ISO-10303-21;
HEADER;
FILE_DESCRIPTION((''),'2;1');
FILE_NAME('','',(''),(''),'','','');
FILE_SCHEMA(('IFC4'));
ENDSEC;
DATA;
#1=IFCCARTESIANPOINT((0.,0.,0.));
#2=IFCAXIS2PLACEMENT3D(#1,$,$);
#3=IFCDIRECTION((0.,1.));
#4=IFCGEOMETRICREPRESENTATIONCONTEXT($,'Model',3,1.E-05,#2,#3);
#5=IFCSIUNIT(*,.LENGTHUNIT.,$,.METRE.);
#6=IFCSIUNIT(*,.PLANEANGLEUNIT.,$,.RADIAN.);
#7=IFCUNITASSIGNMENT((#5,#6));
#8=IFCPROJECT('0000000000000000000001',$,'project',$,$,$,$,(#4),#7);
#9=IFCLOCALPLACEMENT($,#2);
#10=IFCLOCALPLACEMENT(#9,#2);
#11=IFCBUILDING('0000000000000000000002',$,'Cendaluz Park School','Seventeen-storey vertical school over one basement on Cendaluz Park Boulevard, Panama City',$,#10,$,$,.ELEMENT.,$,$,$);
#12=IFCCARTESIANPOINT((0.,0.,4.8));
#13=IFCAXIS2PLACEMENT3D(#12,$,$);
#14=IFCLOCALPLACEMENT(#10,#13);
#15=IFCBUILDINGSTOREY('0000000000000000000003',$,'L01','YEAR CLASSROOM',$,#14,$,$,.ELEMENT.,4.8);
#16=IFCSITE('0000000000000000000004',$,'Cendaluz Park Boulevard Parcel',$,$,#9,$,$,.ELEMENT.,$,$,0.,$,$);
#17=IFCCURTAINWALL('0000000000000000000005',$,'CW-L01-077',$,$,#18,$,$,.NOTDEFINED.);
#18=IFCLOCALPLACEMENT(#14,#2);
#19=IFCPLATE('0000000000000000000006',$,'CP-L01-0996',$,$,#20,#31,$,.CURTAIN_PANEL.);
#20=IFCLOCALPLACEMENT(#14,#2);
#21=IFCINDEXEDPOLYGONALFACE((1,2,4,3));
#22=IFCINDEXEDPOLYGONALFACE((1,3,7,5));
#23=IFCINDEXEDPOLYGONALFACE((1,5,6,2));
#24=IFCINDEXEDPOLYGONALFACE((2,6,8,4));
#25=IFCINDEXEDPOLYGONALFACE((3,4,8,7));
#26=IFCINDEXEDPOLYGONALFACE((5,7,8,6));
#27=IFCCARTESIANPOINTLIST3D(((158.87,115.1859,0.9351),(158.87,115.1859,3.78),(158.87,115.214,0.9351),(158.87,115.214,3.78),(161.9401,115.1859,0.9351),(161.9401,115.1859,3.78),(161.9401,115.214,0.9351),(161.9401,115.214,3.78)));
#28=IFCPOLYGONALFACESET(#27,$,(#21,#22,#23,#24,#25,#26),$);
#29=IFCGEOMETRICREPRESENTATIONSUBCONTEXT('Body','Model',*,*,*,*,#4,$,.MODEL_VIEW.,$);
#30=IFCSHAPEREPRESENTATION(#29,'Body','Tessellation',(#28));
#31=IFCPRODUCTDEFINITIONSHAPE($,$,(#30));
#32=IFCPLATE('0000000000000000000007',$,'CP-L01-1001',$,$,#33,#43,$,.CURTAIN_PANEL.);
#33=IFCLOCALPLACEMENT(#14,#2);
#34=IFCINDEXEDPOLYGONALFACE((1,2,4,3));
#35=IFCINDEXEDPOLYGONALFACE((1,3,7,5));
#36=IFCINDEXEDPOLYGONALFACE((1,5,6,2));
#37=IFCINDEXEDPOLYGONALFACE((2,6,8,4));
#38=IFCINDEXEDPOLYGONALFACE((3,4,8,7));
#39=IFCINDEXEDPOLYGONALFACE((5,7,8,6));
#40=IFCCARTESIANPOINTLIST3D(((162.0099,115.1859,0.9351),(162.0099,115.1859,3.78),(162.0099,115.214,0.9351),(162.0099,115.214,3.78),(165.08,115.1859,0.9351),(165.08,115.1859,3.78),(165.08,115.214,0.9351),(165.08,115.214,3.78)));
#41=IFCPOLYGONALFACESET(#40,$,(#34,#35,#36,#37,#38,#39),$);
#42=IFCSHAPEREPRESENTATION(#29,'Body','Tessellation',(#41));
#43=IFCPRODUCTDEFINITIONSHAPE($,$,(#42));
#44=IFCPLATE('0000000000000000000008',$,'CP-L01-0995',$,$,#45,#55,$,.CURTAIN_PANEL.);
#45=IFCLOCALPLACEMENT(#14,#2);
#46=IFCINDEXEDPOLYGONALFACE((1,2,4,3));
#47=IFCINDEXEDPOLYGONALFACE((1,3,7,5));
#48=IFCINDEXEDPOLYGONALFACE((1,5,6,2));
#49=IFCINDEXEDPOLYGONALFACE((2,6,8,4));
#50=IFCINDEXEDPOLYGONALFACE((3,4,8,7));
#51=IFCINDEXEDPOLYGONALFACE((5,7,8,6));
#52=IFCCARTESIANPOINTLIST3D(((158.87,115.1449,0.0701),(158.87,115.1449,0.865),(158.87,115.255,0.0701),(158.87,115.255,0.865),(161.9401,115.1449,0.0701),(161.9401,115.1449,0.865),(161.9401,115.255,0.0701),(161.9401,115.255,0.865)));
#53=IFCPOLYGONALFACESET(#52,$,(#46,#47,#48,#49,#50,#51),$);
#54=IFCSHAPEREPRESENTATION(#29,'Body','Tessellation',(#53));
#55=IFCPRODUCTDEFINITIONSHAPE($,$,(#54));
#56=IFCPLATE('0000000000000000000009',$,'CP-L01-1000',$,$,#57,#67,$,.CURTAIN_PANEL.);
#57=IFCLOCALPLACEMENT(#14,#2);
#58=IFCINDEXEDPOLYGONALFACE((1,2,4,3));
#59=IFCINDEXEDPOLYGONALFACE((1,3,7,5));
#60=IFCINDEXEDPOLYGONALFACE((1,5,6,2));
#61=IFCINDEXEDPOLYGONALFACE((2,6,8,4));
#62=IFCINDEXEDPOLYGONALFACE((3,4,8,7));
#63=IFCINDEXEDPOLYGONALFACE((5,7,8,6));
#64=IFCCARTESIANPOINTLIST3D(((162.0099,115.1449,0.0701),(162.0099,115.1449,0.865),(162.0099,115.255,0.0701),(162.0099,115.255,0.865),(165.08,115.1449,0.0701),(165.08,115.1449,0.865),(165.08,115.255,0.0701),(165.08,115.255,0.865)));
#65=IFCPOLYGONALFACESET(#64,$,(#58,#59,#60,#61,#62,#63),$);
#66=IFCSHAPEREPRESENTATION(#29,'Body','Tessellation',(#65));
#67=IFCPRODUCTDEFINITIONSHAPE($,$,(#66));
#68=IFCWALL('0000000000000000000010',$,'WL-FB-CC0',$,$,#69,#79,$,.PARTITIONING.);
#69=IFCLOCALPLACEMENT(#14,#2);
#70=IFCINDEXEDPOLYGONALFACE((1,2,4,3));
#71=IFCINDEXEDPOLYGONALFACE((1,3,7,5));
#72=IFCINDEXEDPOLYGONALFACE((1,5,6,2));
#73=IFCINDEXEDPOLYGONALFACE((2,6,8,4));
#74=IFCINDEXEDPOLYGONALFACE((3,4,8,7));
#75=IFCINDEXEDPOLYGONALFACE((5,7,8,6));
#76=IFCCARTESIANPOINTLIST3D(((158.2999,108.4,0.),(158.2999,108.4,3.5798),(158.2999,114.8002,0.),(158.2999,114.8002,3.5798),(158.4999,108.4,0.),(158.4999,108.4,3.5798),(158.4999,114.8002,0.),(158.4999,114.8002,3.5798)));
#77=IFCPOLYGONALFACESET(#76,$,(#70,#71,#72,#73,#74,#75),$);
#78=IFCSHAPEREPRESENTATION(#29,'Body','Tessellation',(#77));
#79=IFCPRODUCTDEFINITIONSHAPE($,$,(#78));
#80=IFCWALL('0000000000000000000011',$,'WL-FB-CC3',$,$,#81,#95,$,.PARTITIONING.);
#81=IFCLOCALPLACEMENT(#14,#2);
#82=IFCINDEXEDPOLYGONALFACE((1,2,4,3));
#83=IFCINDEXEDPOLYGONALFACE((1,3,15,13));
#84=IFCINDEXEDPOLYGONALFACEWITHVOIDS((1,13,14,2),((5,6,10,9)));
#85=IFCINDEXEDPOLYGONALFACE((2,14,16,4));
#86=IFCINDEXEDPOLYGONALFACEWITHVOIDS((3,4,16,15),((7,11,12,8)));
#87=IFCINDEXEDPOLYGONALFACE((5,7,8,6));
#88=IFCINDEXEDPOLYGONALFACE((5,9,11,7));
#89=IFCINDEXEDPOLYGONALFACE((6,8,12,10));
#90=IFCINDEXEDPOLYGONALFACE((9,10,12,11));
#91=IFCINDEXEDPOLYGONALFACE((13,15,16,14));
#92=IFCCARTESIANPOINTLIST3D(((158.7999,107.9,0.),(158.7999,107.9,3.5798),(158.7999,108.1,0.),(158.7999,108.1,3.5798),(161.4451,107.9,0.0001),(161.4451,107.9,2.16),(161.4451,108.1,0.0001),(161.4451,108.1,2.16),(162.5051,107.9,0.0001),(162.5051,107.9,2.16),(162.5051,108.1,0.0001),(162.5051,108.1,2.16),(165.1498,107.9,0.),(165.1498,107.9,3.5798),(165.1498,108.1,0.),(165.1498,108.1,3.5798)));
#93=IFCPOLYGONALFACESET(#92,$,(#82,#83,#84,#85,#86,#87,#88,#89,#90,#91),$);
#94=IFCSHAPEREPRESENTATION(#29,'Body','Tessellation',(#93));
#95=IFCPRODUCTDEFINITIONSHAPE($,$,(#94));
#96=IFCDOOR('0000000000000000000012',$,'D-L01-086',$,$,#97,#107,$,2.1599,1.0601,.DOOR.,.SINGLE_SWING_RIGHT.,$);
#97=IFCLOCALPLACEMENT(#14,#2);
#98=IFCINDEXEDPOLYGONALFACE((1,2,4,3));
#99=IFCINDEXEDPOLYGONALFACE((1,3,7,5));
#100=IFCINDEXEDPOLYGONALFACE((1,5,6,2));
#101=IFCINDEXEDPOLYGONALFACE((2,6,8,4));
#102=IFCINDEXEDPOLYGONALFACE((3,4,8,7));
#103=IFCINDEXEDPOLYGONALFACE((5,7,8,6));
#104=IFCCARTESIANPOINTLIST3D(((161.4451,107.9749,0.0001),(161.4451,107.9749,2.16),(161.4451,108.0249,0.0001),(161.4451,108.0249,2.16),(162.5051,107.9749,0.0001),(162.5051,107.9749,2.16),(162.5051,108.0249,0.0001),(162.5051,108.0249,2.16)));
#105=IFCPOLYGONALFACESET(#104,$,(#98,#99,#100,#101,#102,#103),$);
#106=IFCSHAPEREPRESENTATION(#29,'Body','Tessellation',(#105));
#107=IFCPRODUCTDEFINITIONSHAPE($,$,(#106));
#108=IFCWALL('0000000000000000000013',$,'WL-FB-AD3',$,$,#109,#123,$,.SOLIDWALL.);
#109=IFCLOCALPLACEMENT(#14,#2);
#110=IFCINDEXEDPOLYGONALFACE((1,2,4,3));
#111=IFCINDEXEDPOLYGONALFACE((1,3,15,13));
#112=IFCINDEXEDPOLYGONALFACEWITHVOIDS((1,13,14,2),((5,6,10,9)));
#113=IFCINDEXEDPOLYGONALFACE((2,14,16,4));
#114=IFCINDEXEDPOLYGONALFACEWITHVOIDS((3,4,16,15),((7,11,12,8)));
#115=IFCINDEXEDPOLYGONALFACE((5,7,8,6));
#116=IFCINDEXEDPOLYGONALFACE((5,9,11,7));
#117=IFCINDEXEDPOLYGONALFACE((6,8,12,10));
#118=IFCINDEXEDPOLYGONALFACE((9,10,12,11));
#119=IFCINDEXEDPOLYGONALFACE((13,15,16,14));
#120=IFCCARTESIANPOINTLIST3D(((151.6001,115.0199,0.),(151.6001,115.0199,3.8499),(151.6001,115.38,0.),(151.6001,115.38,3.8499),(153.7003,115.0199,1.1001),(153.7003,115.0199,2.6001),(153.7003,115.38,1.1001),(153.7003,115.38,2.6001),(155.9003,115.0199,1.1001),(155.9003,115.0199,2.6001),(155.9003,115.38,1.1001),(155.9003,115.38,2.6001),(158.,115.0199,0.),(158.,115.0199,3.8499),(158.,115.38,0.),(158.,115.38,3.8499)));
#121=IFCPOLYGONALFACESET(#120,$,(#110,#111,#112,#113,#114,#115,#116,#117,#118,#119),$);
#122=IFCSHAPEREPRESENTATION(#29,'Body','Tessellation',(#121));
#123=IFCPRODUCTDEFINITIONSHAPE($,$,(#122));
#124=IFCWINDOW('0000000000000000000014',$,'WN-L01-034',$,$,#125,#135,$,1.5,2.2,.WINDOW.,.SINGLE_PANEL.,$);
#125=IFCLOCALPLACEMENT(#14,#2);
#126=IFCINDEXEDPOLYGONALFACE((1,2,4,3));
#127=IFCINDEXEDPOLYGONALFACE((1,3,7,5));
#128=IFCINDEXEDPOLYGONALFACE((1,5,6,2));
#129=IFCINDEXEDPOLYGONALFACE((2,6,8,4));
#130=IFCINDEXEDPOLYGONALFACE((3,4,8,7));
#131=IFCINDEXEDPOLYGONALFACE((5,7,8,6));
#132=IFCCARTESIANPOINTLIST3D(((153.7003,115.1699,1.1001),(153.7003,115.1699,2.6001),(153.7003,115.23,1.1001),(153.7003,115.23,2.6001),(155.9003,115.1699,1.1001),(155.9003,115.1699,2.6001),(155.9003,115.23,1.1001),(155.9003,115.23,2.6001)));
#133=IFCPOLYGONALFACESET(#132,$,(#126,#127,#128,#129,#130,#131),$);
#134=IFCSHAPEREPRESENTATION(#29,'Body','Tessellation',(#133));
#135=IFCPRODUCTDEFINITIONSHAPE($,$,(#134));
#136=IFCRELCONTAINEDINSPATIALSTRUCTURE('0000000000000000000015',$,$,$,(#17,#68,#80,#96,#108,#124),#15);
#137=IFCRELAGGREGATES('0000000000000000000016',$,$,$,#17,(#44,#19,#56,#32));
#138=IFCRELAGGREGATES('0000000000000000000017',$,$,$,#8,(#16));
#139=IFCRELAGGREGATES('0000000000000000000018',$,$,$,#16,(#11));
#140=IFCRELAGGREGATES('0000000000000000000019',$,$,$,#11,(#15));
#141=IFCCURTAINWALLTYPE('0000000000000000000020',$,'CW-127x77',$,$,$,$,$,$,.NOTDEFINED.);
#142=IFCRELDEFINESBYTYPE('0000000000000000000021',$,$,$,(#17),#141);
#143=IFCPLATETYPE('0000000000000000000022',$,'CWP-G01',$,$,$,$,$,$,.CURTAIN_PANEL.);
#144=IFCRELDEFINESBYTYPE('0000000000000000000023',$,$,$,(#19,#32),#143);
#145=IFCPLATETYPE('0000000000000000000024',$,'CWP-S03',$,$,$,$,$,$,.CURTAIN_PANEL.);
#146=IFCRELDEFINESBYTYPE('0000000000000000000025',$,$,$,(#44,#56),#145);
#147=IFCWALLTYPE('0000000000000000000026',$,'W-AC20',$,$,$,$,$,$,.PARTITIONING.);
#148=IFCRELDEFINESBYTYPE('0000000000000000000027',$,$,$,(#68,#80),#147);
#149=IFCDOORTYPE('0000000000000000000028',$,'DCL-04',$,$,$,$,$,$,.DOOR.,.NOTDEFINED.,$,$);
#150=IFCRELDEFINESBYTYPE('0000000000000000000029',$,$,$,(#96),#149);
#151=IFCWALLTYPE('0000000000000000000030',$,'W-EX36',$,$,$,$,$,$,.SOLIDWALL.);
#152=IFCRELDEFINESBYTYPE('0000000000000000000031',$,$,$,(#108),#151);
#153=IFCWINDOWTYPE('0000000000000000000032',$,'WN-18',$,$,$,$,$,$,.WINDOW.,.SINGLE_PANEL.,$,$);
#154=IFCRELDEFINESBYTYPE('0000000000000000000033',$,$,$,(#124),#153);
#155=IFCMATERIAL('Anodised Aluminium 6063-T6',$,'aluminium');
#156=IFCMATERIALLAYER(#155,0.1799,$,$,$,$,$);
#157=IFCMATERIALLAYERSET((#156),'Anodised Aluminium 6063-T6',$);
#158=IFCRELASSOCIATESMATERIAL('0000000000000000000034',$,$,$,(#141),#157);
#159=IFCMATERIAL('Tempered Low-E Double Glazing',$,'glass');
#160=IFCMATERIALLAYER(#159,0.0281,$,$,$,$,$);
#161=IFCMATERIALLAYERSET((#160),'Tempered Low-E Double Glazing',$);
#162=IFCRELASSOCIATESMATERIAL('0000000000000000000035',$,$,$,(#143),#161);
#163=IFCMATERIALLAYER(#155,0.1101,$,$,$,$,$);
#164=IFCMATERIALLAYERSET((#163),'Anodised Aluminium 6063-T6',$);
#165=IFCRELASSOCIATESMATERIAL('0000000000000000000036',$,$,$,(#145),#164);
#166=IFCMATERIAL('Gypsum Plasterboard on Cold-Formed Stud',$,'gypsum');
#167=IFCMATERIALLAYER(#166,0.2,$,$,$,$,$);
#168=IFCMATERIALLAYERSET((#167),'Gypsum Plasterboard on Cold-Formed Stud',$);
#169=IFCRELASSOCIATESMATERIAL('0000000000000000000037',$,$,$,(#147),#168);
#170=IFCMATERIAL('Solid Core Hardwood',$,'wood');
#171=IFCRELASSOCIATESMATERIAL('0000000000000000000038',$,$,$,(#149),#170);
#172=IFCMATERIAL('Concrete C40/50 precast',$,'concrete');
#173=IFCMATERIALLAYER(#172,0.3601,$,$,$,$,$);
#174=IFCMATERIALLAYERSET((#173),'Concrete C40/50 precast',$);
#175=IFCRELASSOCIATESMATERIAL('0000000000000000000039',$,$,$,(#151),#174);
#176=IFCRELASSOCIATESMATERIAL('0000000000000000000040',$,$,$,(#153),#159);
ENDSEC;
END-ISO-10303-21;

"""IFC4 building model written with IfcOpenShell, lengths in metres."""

from ifc_helpers import new_model, si_unit, direction, frame, frame_2d, origin, origin_2d, place, context, subcontext, project, spatial, rectangle, extrude, material, layer, layer_set, type_object, element, fill, aggregate, save


model = new_model("IFC4")

# Units and contexts
model_context = context("Model", 3, precision=1e-05, world=origin(), true_north=direction((0.0, 1.0)))
body_context = subcontext(model_context, "Body", "Model", "MODEL_VIEW")
ifc_project = project(units=[si_unit("LENGTHUNIT", "METRE"), si_unit("PLANEANGLEUNIT", "RADIAN")], contexts=[model_context])

# Site, building, storey
site_placement = place(None, origin())
site = spatial("IfcSite", under=ifc_project, at=site_placement, Name="Cendaluz Park Boulevard Parcel", CompositionType="ELEMENT", RefElevation=0.0)
building_placement = place(site_placement, origin())
building = spatial("IfcBuilding", under=site, at=building_placement, Name="Cendaluz Park School", Description="Seventeen-storey vertical school over one basement on Cendaluz Park Boulevard, Panama City", CompositionType="ELEMENT")
storey_placement = place(building_placement, frame((0.0, 0.0, 4.8)))
storey = spatial("IfcBuildingStorey", under=building, at=storey_placement, Name="L01", Description="YEAR CLASSROOM", CompositionType="ELEMENT", Elevation=4.8)

# Curtain wall
ifc_material_1 = material(Name="Anodised Aluminium 6063-T6", Category="aluminium")
ifc_layer_1 = layer(ifc_material_1, 0.1799)
ifc_layer_set_1 = layer_set([ifc_layer_1], Name="Anodised Aluminium 6063-T6")
curtain_wall_type = type_object("IfcCurtainWallType", Name="CW-127x77", PredefinedType="NOTDEFINED", material=ifc_layer_set_1)
curtain_wall_placement = place(storey_placement, origin())
curtain_wall = element("IfcCurtainWall", 1, at=curtain_wall_placement, inside=storey, type_object=curtain_wall_type, Name="CW-L01-077", PredefinedType="NOTDEFINED")

# Plates
ifc_material_2 = material(Name="Tempered Low-E Double Glazing", Category="glass")
ifc_layer_2 = layer(ifc_material_2, 0.0281)
ifc_layer_set_2 = layer_set([ifc_layer_2], Name="Tempered Low-E Double Glazing")
plate_type_1 = type_object("IfcPlateType", Name="CWP-G01", PredefinedType="CURTAIN_PANEL", material=ifc_layer_set_2)
plate_1_placement = place(storey_placement, frame((160.405, 115.2, 0.9351), z_axis=(0.0, 0.0, 1.0), x_axis=(1.0, 0.0, 0.0)))
plate_1 = element("IfcPlate", 2, at=plate_1_placement, type_object=plate_type_1, Name="CP-L01-0996", PredefinedType="CURTAIN_PANEL", context=body_context, shape_type="SweptSolid", body=[
    extrude(rectangle(XDim=3.0701, YDim=0.0281, at=origin_2d()), origin(), (0.0, 0.0, 1.0), 2.845),
])
plate_2_placement = place(storey_placement, frame((163.5449, 115.2, 0.9351), z_axis=(0.0, 0.0, 1.0), x_axis=(1.0, 0.0, 0.0)))
plate_2 = element("IfcPlate", 3, at=plate_2_placement, type_object=plate_type_1, Name="CP-L01-1001", PredefinedType="CURTAIN_PANEL", context=body_context, shape_type="SweptSolid", body=[
    extrude(rectangle(XDim=3.0701, YDim=0.0281, at=origin_2d()), origin(), (0.0, 0.0, 1.0), 2.845),
])
ifc_layer_3 = layer(ifc_material_1, 0.1101)
ifc_layer_set_3 = layer_set([ifc_layer_3], Name="Anodised Aluminium 6063-T6")
plate_type_2 = type_object("IfcPlateType", Name="CWP-S03", PredefinedType="CURTAIN_PANEL", material=ifc_layer_set_3)
plate_3_placement = place(storey_placement, frame((160.405, 115.2, 0.0701), z_axis=(0.0, 0.0, 1.0), x_axis=(1.0, 0.0, 0.0)))
plate_3 = element("IfcPlate", 4, at=plate_3_placement, type_object=plate_type_2, Name="CP-L01-0995", PredefinedType="CURTAIN_PANEL", context=body_context, shape_type="SweptSolid", body=[
    extrude(rectangle(XDim=3.0701, YDim=0.1101, at=origin_2d()), origin(), (0.0, 0.0, 1.0), 0.7949),
])
plate_4_placement = place(storey_placement, frame((163.5449, 115.2, 0.0701), z_axis=(0.0, 0.0, 1.0), x_axis=(1.0, 0.0, 0.0)))
plate_4 = element("IfcPlate", 5, at=plate_4_placement, type_object=plate_type_2, Name="CP-L01-1000", PredefinedType="CURTAIN_PANEL", context=body_context, shape_type="SweptSolid", body=[
    extrude(rectangle(XDim=3.0701, YDim=0.1101, at=origin_2d()), origin(), (0.0, 0.0, 1.0), 0.7949),
])
aggregate(curtain_wall, [plate_3, plate_1, plate_4, plate_2])

# Wall
ifc_material_3 = material(Name="Gypsum Plasterboard on Cold-Formed Stud", Category="gypsum")
ifc_layer_4 = layer(ifc_material_3, 0.2)
ifc_layer_set_4 = layer_set([ifc_layer_4], Name="Gypsum Plasterboard on Cold-Formed Stud")
wall_type_1 = type_object("IfcWallType", Name="W-AC20", PredefinedType="PARTITIONING", material=ifc_layer_set_4)
wall_1_placement = place(storey_placement, frame((158.3999, 108.3999, 0.0), z_axis=(0.0, 0.0, 1.0), x_axis=(0.0, 1.0, 0.0)))
element("IfcWall", 6, at=wall_1_placement, inside=storey, type_object=wall_type_1, Name="WL-FB-CC0", PredefinedType="PARTITIONING", context=body_context, shape_type="SweptSolid", body=[
    extrude(rectangle(XDim=6.4001, YDim=0.2, at=frame_2d((3.2002, 0.0))), origin(), (0.0, 0.0, 1.0), 3.5798),
])

# Wall, opening, door
wall_2_placement = place(storey_placement, frame((158.8, 108.0, 0.0), z_axis=(0.0, 0.0, 1.0), x_axis=(1.0, 0.0, 0.0)))
wall_2 = element("IfcWall", 7, at=wall_2_placement, inside=storey, type_object=wall_type_1, Name="WL-FB-CC3", PredefinedType="PARTITIONING", context=body_context, shape_type="SweptSolid", body=[
    extrude(rectangle(XDim=6.3499, YDim=0.2, at=frame_2d((3.1748, 0.0))), origin(), (0.0, 0.0, 1.0), 3.5798),
])
opening_1_placement = place(wall_2_placement, frame((2.645, 0.0, 0.0)))
opening_1 = element("IfcOpeningElement", 8, at=opening_1_placement, cuts=wall_2, PredefinedType="OPENING", context=body_context, shape_type="SweptSolid", body=[
    extrude(rectangle(XDim=1.0601, YDim=2.1599, at=frame_2d((0.53, 1.0801))), frame((0.0, 0.1121, 0.0), z_axis=(0.0, -1.0, 0.0), x_axis=(1.0, 0.0, 0.0)), (0.0, 0.0, 1.0), 0.2239),
])
ifc_material_4 = material(Name="Solid Core Hardwood", Category="wood")
door_type = type_object("IfcDoorType", Name="DCL-04", OperationType="NOTDEFINED", PredefinedType="DOOR", material=ifc_material_4)
door_placement = place(opening_1_placement, origin())
door = element("IfcDoor", 9, at=door_placement, inside=storey, type_object=door_type, Name="D-L01-086", OperationType="SINGLE_SWING_RIGHT", OverallHeight=2.1599, OverallWidth=1.0601, PredefinedType="DOOR", context=body_context, shape_type="SweptSolid", body=[
    extrude(rectangle(XDim=1.0601, YDim=2.1599, at=frame_2d((0.53, 1.0801))), frame((0.0, 0.0249, 0.0), z_axis=(0.0, -1.0, 0.0), x_axis=(1.0, 0.0, 0.0)), (0.0, 0.0, 1.0), 0.05),
])
fill(opening_1, door)

# Wall, opening, window
ifc_material_5 = material(Name="Concrete C40/50 precast", Category="concrete")
ifc_layer_5 = layer(ifc_material_5, 0.3601)
ifc_layer_set_5 = layer_set([ifc_layer_5], Name="Concrete C40/50 precast")
wall_type_2 = type_object("IfcWallType", Name="W-EX36", PredefinedType="SOLIDWALL", material=ifc_layer_set_5)
wall_3_placement = place(storey_placement, frame((151.6001, 115.2, 0.0), z_axis=(0.0, 0.0, 1.0), x_axis=(1.0, 0.0, 0.0)))
wall_3 = element("IfcWall", 10, at=wall_3_placement, inside=storey, type_object=wall_type_2, Name="WL-FB-AD3", PredefinedType="SOLIDWALL", context=body_context, shape_type="SweptSolid", body=[
    extrude(rectangle(XDim=6.3999, YDim=0.3601, at=frame_2d((3.2, 0.0))), origin(), (0.0, 0.0, 1.0), 3.8499),
])
opening_2_placement = place(wall_3_placement, frame((2.1001, 0.0, 1.1001)))
opening_2 = element("IfcOpeningElement", 11, at=opening_2_placement, cuts=wall_3, PredefinedType="OPENING", context=body_context, shape_type="SweptSolid", body=[
    extrude(rectangle(XDim=2.2, YDim=1.5, at=frame_2d((1.1001, 0.75))), frame((0.0, 0.1921, 0.0), z_axis=(0.0, -1.0, 0.0), x_axis=(1.0, 0.0, 0.0)), (0.0, 0.0, 1.0), 0.384),
])
window_type = type_object("IfcWindowType", Name="WN-18", PartitioningType="SINGLE_PANEL", PredefinedType="WINDOW", material=ifc_material_2)
window_placement = place(opening_2_placement, origin())
window = element("IfcWindow", 12, at=window_placement, inside=storey, type_object=window_type, Name="WN-L01-034", OverallHeight=1.5, OverallWidth=2.2, PartitioningType="SINGLE_PANEL", PredefinedType="WINDOW", context=body_context, shape_type="SweptSolid", body=[
    extrude(rectangle(XDim=2.2, YDim=1.5, at=frame_2d((1.1001, 0.75))), frame((0.0, 0.03, 0.0), z_axis=(0.0, -1.0, 0.0), x_axis=(1.0, 0.0, 0.0)), (0.0, 0.0, 1.0), 0.0601),
])
fill(opening_2, window)

save(model, "model.ifc")
